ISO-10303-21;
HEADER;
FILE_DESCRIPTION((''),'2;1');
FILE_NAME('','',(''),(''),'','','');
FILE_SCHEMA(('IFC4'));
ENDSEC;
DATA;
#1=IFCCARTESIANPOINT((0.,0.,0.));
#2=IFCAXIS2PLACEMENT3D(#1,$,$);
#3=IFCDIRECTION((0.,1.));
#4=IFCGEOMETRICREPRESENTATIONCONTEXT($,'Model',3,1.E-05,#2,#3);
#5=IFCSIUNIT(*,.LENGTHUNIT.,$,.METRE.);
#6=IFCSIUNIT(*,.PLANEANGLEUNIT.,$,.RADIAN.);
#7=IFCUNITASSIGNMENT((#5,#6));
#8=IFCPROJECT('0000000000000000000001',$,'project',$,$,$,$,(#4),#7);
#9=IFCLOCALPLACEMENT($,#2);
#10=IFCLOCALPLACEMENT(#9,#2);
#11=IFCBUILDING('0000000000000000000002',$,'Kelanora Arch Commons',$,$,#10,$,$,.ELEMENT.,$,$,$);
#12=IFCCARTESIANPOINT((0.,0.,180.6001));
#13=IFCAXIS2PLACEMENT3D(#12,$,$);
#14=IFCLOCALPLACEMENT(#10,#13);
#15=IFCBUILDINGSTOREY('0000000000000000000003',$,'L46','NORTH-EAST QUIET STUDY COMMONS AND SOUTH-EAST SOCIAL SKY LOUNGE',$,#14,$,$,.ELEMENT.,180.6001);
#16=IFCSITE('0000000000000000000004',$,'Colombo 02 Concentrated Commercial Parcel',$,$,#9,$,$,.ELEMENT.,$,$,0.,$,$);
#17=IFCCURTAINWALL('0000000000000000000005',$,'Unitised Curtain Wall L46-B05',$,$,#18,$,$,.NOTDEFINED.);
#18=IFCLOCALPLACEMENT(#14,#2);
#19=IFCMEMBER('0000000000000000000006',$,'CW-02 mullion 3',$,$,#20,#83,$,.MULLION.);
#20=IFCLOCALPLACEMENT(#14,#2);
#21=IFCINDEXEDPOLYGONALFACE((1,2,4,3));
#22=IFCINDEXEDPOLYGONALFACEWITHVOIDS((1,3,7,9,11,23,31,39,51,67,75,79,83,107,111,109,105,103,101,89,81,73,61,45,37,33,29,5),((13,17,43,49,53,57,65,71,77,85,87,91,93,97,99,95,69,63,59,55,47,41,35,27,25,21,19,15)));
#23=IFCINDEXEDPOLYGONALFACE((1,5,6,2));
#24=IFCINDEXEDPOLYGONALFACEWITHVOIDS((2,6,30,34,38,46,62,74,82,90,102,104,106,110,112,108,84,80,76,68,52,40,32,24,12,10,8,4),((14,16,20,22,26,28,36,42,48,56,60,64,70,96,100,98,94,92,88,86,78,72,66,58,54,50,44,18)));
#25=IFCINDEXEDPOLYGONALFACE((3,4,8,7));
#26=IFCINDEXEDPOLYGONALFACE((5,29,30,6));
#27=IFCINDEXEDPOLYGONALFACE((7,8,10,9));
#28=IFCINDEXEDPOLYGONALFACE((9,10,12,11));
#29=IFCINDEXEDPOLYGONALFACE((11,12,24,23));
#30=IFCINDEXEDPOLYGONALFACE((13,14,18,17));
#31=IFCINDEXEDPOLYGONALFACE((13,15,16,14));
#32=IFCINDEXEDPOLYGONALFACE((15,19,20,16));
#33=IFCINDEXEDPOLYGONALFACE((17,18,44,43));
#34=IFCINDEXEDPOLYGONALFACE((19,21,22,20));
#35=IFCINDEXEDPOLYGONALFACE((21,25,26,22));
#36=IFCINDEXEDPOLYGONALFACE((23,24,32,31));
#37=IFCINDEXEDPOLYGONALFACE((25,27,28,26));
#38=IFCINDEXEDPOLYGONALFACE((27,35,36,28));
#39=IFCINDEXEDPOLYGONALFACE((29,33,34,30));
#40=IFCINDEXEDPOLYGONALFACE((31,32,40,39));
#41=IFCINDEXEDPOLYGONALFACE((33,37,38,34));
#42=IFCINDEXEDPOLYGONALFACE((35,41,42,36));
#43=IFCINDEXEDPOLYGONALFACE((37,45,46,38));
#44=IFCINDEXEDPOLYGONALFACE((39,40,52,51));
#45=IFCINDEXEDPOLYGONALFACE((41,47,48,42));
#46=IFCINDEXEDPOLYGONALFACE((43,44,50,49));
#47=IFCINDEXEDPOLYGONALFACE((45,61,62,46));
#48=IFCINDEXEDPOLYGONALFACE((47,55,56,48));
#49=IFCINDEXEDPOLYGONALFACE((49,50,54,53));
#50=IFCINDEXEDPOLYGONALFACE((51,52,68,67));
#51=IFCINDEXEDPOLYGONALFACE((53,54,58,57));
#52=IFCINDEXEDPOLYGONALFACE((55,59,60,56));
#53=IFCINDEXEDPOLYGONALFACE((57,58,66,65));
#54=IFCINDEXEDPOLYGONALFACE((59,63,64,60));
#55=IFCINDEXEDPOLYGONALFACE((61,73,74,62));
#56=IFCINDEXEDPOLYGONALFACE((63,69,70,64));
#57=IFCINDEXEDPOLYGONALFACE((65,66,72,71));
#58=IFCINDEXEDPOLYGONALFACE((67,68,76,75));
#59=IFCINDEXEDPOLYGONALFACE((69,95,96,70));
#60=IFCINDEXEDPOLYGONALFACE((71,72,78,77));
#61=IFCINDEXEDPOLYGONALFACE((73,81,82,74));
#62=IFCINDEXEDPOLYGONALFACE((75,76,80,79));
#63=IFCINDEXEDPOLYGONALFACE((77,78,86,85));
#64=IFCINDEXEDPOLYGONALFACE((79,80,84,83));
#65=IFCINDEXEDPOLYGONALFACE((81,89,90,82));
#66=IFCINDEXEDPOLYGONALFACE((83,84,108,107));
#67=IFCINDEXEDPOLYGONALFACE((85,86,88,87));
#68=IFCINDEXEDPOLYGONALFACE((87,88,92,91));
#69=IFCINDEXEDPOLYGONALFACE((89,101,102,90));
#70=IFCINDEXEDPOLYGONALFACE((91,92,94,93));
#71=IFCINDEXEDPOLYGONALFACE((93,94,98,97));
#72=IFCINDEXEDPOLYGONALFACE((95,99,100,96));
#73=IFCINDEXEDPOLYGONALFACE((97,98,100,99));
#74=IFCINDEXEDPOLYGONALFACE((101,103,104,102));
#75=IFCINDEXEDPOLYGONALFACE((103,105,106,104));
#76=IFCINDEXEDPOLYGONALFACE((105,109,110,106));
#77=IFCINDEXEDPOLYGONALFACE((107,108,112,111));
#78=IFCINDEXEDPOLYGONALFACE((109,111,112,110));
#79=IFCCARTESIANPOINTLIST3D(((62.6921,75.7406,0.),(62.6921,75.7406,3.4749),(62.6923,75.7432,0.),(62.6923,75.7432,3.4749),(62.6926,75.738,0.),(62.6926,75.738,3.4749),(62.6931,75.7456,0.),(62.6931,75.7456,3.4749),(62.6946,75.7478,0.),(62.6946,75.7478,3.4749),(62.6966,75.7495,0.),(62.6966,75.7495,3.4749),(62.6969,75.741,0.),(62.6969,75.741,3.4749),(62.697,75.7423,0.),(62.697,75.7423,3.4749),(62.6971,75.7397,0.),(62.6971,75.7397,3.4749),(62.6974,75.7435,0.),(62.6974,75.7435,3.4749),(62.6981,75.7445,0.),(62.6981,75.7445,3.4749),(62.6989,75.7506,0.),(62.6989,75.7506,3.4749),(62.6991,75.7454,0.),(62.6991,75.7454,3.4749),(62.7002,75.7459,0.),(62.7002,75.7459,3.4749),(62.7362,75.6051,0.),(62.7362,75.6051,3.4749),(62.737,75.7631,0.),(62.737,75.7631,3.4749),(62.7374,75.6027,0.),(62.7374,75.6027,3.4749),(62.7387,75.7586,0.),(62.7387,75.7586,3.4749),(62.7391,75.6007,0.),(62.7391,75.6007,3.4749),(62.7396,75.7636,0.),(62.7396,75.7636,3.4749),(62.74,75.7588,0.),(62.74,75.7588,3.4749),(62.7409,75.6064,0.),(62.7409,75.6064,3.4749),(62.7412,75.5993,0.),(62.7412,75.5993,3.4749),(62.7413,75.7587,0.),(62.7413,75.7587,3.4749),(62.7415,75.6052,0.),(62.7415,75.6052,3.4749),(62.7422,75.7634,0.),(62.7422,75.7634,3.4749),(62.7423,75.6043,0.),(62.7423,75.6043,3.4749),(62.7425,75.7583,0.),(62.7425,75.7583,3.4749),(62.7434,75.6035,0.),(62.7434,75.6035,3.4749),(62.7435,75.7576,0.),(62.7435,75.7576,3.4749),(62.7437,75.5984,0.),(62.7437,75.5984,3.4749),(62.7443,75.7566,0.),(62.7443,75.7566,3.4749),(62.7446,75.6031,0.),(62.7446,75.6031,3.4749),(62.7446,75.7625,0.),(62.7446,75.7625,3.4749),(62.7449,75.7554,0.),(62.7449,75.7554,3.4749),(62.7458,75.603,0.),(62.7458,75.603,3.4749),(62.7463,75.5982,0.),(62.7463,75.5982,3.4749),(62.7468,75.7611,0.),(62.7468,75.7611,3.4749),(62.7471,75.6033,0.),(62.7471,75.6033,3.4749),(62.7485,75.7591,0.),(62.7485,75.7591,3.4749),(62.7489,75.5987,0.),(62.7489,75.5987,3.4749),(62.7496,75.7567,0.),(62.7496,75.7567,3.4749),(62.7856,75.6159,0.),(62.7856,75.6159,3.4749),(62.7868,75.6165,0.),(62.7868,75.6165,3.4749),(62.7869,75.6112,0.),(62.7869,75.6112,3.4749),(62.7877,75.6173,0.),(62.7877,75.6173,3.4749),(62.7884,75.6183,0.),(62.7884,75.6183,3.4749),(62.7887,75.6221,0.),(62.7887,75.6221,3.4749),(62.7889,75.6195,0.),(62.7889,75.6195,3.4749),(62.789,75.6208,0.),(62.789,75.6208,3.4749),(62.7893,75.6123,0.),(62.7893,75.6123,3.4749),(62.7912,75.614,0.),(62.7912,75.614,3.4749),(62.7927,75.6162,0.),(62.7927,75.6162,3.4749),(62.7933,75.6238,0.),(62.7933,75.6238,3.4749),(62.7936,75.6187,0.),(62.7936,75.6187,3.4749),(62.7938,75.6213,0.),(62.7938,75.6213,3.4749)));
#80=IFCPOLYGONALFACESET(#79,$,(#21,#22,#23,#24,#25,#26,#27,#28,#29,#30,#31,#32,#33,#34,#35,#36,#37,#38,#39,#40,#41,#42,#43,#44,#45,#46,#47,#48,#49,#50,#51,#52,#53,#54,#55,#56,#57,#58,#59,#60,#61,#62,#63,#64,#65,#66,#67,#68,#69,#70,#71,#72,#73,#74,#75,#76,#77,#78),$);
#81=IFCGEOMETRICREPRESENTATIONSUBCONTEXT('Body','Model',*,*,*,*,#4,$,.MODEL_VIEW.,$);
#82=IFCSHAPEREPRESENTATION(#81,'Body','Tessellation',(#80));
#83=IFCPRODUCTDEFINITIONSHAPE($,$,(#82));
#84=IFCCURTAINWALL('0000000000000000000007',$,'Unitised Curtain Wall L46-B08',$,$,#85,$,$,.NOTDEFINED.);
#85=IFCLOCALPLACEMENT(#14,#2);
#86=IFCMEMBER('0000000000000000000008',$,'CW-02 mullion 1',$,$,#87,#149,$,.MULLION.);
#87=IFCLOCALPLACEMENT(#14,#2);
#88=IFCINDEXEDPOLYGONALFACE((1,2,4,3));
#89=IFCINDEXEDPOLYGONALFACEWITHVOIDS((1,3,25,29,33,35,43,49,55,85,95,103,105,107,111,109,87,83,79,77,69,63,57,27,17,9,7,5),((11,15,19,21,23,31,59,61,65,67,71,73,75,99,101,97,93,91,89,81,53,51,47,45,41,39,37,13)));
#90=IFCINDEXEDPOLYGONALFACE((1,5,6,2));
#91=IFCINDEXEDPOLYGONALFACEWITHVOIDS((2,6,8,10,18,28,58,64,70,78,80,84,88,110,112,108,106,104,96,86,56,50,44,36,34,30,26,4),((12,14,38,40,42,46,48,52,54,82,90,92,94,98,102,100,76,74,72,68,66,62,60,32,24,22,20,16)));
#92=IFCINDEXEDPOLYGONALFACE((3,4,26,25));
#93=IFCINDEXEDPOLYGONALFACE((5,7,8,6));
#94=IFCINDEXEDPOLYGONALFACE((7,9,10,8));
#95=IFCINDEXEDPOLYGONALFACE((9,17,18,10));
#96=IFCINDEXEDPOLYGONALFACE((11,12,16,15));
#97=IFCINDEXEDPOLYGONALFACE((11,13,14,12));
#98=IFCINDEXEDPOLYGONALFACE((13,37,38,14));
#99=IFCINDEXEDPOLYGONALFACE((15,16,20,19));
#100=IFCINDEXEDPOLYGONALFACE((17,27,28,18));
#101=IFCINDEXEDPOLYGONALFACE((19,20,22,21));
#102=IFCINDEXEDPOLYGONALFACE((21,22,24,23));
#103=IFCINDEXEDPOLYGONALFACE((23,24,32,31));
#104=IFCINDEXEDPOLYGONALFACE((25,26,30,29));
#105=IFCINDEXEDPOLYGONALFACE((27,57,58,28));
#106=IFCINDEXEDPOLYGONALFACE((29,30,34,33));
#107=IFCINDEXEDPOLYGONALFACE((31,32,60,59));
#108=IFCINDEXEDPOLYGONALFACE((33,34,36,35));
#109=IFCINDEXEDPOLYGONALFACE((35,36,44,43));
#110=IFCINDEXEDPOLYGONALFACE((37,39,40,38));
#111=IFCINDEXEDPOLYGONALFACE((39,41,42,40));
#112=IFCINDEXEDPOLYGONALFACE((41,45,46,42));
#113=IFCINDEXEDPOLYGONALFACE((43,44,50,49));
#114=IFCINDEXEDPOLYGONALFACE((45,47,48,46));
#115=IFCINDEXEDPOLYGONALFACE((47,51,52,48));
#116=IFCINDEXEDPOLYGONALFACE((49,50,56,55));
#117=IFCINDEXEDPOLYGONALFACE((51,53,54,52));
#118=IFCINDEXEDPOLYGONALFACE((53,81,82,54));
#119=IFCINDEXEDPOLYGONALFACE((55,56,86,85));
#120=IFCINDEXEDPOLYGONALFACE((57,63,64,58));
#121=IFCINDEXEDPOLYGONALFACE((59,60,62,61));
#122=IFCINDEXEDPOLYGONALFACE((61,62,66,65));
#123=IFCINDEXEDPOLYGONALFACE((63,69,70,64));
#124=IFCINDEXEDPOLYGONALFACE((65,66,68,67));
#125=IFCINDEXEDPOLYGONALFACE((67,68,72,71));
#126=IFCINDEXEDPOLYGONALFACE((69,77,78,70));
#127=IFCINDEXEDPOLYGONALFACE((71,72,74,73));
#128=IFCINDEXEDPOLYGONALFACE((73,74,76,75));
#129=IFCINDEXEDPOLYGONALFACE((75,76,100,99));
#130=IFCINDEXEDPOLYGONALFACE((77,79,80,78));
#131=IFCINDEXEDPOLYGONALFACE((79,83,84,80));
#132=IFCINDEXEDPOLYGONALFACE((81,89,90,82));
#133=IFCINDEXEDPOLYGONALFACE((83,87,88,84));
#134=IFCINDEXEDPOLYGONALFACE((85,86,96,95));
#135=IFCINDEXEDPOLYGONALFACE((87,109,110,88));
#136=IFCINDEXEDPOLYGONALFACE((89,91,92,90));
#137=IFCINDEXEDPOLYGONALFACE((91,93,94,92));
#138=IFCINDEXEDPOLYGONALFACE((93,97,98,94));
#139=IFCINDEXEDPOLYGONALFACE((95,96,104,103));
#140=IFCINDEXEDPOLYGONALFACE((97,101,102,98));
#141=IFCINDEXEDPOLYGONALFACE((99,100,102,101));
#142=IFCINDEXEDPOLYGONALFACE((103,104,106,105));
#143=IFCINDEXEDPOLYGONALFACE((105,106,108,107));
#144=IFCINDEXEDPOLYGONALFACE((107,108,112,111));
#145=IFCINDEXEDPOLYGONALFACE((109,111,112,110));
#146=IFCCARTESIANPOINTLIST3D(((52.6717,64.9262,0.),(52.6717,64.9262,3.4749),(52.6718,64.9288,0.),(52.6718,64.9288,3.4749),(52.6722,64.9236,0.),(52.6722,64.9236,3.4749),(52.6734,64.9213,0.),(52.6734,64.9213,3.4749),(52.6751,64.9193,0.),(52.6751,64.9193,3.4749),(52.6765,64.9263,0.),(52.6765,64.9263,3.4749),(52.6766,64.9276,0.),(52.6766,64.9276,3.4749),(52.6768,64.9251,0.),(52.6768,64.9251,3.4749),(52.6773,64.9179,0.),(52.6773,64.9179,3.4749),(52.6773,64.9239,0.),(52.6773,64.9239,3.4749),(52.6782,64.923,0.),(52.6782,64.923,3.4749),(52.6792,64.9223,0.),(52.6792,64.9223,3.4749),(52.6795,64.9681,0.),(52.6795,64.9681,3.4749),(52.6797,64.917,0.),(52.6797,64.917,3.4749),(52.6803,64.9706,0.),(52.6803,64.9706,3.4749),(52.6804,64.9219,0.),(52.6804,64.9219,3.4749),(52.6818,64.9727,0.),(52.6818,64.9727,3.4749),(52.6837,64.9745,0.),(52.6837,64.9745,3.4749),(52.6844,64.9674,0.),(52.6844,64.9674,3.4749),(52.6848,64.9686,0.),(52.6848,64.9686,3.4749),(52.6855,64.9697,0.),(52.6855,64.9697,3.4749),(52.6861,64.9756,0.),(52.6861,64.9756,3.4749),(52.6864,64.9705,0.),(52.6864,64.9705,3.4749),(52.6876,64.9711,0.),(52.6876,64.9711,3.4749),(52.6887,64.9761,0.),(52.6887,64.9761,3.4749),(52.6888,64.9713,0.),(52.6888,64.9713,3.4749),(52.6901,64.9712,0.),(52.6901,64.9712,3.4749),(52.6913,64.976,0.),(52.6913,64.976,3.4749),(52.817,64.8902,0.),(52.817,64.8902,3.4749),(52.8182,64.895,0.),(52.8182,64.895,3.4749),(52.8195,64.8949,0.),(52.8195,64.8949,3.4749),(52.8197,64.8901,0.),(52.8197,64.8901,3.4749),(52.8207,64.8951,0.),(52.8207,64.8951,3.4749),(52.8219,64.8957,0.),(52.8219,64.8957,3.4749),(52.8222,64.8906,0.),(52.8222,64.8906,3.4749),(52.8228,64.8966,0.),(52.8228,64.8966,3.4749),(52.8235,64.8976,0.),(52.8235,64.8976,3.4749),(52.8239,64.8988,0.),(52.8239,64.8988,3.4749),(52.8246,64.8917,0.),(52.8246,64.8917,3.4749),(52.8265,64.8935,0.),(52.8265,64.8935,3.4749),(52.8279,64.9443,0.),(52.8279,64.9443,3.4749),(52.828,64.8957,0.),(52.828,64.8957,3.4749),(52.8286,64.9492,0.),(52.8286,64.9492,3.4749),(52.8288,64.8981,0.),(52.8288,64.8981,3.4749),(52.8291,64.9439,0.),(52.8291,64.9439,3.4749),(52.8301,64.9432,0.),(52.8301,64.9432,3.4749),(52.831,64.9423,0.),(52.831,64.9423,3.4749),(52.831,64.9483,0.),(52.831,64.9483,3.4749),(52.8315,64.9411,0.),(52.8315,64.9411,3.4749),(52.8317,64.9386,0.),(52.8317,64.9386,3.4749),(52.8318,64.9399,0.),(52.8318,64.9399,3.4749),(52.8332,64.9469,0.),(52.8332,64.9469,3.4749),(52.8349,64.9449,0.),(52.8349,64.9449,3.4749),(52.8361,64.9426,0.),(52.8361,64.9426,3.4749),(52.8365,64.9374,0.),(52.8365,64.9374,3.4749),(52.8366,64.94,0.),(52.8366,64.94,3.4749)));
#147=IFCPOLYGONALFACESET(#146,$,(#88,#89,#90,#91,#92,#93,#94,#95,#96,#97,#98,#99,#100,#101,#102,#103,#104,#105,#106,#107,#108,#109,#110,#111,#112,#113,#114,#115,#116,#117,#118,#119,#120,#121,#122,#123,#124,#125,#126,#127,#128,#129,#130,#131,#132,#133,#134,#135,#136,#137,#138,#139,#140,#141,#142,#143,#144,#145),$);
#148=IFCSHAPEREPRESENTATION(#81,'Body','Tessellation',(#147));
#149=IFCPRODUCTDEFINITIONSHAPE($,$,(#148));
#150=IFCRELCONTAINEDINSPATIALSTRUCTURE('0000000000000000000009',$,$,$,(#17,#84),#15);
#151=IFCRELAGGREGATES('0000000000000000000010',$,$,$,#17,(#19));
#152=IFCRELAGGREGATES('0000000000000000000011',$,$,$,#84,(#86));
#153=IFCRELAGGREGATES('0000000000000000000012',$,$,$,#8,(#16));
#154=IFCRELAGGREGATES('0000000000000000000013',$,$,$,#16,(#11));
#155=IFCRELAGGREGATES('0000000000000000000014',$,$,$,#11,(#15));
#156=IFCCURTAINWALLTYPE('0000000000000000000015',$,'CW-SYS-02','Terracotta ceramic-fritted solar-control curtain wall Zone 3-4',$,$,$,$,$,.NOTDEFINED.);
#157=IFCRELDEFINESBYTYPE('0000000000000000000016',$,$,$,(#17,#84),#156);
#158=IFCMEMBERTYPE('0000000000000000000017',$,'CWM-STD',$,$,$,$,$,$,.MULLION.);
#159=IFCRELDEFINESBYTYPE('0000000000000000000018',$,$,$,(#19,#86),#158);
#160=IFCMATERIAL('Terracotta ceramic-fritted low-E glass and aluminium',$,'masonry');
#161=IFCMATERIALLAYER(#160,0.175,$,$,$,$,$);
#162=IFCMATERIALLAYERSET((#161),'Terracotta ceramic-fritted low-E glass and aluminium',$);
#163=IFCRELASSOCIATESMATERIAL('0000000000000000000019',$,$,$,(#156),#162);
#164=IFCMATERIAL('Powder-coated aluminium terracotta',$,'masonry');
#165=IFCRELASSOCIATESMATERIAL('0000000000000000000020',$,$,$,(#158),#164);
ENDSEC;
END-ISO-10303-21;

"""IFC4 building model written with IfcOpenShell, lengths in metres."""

from ifc_helpers import new_model, si_unit, direction, frame, origin, origin_2d, place, context, subcontext, project, spatial, hollow_rectangle, extrude, material, layer, layer_set, material_profile, profile_set, type_object, element, aggregate, save


model = new_model("IFC4")

# Units and contexts
model_context = context("Model", 3, precision=1e-05, world=origin(), true_north=direction((0.0, 1.0)))
body_context = subcontext(model_context, "Body", "Model", "MODEL_VIEW")
ifc_project = project(units=[si_unit("LENGTHUNIT", "METRE"), si_unit("PLANEANGLEUNIT", "RADIAN")], contexts=[model_context])

# Site, building, storey
site_placement = place(None, origin())
site = spatial("IfcSite", under=ifc_project, at=site_placement, Name="Colombo 02 Concentrated Commercial Parcel", CompositionType="ELEMENT", RefElevation=0.0)
building_placement = place(site_placement, origin())
building = spatial("IfcBuilding", under=site, at=building_placement, Name="Kelanora Arch Commons", CompositionType="ELEMENT")
storey_placement = place(building_placement, frame((0.0, 0.0, 180.6001)))
storey = spatial("IfcBuildingStorey", under=building, at=storey_placement, Name="L46", Description="NORTH-EAST QUIET STUDY COMMONS AND SOUTH-EAST SOCIAL SKY LOUNGE", CompositionType="ELEMENT", Elevation=180.6001)

# Curtain wall, member
ifc_material_1 = material(Name="Terracotta ceramic-fritted low-E glass and aluminium", Category="masonry")
ifc_layer_1 = layer(ifc_material_1, 0.175)
ifc_layer_set_1 = layer_set([ifc_layer_1], Name="Terracotta ceramic-fritted low-E glass and aluminium")
curtain_wall_type = type_object("IfcCurtainWallType", Name="CW-SYS-02", Description="Terracotta ceramic-fritted solar-control curtain wall Zone 3-4", PredefinedType="NOTDEFINED", material=ifc_layer_set_1)
curtain_wall_1_placement = place(storey_placement, origin())
curtain_wall_1 = element("IfcCurtainWall", 1, at=curtain_wall_1_placement, inside=storey, type_object=curtain_wall_type, Name="Unitised Curtain Wall L46-B05", PredefinedType="NOTDEFINED")
ifc_material_2 = material(Name="Powder-coated aluminium terracotta", Category="masonry")
ifc_material_profile_1 = material_profile(ifc_material_2, hollow_rectangle(XDim=0.1599, YDim=0.0601, WallThickness=0.0049, InnerFilletRadius=0.0049, OuterFilletRadius=0.01, at=origin_2d()), Name="CWM160x60")
ifc_profile_set_1 = profile_set([ifc_material_profile_1], Name="Powder-coated aluminium terracotta")
member_type_1 = type_object("IfcMemberType", Name="CWM-STD", PredefinedType="MULLION", material=ifc_profile_set_1)
member_1_placement = place(storey_placement, frame((62.7429, 75.6809, 0.0), z_axis=(0.0, 0.0, 1.0), x_axis=(0.312128, -0.95004, 0.0)))
member_1 = element("IfcMember", 2, at=member_1_placement, type_object=member_type_1, Name="CW-02 mullion 3", PredefinedType="MULLION", context=body_context, shape_type="SweptSolid", body=[
    extrude(hollow_rectangle(XDim=0.1599, YDim=0.0601, WallThickness=0.0049, InnerFilletRadius=0.0049, OuterFilletRadius=0.01, at=origin_2d()), origin(), (0.0, 0.0, 1.0), 3.4749),
])
aggregate(curtain_wall_1, [member_1])

# Curtain wall, member
curtain_wall_2_placement = place(storey_placement, origin())
curtain_wall_2 = element("IfcCurtainWall", 3, at=curtain_wall_2_placement, inside=storey, type_object=curtain_wall_type, Name="Unitised Curtain Wall L46-B08", PredefinedType="NOTDEFINED")
member_2_placement = place(storey_placement, frame((52.7542, 64.9331, 0.0), z_axis=(0.0, 0.0, 1.0), x_axis=(0.981453, -0.191705, 0.0)))
member_2 = element("IfcMember", 4, at=member_2_placement, type_object=member_type_1, Name="CW-02 mullion 1", PredefinedType="MULLION", context=body_context, shape_type="SweptSolid", body=[
    extrude(hollow_rectangle(XDim=0.1599, YDim=0.0601, WallThickness=0.0049, InnerFilletRadius=0.0049, OuterFilletRadius=0.01, at=origin_2d()), origin(), (0.0, 0.0, 1.0), 3.4749),
])
aggregate(curtain_wall_2, [member_2])

save(model, "model.ifc")
